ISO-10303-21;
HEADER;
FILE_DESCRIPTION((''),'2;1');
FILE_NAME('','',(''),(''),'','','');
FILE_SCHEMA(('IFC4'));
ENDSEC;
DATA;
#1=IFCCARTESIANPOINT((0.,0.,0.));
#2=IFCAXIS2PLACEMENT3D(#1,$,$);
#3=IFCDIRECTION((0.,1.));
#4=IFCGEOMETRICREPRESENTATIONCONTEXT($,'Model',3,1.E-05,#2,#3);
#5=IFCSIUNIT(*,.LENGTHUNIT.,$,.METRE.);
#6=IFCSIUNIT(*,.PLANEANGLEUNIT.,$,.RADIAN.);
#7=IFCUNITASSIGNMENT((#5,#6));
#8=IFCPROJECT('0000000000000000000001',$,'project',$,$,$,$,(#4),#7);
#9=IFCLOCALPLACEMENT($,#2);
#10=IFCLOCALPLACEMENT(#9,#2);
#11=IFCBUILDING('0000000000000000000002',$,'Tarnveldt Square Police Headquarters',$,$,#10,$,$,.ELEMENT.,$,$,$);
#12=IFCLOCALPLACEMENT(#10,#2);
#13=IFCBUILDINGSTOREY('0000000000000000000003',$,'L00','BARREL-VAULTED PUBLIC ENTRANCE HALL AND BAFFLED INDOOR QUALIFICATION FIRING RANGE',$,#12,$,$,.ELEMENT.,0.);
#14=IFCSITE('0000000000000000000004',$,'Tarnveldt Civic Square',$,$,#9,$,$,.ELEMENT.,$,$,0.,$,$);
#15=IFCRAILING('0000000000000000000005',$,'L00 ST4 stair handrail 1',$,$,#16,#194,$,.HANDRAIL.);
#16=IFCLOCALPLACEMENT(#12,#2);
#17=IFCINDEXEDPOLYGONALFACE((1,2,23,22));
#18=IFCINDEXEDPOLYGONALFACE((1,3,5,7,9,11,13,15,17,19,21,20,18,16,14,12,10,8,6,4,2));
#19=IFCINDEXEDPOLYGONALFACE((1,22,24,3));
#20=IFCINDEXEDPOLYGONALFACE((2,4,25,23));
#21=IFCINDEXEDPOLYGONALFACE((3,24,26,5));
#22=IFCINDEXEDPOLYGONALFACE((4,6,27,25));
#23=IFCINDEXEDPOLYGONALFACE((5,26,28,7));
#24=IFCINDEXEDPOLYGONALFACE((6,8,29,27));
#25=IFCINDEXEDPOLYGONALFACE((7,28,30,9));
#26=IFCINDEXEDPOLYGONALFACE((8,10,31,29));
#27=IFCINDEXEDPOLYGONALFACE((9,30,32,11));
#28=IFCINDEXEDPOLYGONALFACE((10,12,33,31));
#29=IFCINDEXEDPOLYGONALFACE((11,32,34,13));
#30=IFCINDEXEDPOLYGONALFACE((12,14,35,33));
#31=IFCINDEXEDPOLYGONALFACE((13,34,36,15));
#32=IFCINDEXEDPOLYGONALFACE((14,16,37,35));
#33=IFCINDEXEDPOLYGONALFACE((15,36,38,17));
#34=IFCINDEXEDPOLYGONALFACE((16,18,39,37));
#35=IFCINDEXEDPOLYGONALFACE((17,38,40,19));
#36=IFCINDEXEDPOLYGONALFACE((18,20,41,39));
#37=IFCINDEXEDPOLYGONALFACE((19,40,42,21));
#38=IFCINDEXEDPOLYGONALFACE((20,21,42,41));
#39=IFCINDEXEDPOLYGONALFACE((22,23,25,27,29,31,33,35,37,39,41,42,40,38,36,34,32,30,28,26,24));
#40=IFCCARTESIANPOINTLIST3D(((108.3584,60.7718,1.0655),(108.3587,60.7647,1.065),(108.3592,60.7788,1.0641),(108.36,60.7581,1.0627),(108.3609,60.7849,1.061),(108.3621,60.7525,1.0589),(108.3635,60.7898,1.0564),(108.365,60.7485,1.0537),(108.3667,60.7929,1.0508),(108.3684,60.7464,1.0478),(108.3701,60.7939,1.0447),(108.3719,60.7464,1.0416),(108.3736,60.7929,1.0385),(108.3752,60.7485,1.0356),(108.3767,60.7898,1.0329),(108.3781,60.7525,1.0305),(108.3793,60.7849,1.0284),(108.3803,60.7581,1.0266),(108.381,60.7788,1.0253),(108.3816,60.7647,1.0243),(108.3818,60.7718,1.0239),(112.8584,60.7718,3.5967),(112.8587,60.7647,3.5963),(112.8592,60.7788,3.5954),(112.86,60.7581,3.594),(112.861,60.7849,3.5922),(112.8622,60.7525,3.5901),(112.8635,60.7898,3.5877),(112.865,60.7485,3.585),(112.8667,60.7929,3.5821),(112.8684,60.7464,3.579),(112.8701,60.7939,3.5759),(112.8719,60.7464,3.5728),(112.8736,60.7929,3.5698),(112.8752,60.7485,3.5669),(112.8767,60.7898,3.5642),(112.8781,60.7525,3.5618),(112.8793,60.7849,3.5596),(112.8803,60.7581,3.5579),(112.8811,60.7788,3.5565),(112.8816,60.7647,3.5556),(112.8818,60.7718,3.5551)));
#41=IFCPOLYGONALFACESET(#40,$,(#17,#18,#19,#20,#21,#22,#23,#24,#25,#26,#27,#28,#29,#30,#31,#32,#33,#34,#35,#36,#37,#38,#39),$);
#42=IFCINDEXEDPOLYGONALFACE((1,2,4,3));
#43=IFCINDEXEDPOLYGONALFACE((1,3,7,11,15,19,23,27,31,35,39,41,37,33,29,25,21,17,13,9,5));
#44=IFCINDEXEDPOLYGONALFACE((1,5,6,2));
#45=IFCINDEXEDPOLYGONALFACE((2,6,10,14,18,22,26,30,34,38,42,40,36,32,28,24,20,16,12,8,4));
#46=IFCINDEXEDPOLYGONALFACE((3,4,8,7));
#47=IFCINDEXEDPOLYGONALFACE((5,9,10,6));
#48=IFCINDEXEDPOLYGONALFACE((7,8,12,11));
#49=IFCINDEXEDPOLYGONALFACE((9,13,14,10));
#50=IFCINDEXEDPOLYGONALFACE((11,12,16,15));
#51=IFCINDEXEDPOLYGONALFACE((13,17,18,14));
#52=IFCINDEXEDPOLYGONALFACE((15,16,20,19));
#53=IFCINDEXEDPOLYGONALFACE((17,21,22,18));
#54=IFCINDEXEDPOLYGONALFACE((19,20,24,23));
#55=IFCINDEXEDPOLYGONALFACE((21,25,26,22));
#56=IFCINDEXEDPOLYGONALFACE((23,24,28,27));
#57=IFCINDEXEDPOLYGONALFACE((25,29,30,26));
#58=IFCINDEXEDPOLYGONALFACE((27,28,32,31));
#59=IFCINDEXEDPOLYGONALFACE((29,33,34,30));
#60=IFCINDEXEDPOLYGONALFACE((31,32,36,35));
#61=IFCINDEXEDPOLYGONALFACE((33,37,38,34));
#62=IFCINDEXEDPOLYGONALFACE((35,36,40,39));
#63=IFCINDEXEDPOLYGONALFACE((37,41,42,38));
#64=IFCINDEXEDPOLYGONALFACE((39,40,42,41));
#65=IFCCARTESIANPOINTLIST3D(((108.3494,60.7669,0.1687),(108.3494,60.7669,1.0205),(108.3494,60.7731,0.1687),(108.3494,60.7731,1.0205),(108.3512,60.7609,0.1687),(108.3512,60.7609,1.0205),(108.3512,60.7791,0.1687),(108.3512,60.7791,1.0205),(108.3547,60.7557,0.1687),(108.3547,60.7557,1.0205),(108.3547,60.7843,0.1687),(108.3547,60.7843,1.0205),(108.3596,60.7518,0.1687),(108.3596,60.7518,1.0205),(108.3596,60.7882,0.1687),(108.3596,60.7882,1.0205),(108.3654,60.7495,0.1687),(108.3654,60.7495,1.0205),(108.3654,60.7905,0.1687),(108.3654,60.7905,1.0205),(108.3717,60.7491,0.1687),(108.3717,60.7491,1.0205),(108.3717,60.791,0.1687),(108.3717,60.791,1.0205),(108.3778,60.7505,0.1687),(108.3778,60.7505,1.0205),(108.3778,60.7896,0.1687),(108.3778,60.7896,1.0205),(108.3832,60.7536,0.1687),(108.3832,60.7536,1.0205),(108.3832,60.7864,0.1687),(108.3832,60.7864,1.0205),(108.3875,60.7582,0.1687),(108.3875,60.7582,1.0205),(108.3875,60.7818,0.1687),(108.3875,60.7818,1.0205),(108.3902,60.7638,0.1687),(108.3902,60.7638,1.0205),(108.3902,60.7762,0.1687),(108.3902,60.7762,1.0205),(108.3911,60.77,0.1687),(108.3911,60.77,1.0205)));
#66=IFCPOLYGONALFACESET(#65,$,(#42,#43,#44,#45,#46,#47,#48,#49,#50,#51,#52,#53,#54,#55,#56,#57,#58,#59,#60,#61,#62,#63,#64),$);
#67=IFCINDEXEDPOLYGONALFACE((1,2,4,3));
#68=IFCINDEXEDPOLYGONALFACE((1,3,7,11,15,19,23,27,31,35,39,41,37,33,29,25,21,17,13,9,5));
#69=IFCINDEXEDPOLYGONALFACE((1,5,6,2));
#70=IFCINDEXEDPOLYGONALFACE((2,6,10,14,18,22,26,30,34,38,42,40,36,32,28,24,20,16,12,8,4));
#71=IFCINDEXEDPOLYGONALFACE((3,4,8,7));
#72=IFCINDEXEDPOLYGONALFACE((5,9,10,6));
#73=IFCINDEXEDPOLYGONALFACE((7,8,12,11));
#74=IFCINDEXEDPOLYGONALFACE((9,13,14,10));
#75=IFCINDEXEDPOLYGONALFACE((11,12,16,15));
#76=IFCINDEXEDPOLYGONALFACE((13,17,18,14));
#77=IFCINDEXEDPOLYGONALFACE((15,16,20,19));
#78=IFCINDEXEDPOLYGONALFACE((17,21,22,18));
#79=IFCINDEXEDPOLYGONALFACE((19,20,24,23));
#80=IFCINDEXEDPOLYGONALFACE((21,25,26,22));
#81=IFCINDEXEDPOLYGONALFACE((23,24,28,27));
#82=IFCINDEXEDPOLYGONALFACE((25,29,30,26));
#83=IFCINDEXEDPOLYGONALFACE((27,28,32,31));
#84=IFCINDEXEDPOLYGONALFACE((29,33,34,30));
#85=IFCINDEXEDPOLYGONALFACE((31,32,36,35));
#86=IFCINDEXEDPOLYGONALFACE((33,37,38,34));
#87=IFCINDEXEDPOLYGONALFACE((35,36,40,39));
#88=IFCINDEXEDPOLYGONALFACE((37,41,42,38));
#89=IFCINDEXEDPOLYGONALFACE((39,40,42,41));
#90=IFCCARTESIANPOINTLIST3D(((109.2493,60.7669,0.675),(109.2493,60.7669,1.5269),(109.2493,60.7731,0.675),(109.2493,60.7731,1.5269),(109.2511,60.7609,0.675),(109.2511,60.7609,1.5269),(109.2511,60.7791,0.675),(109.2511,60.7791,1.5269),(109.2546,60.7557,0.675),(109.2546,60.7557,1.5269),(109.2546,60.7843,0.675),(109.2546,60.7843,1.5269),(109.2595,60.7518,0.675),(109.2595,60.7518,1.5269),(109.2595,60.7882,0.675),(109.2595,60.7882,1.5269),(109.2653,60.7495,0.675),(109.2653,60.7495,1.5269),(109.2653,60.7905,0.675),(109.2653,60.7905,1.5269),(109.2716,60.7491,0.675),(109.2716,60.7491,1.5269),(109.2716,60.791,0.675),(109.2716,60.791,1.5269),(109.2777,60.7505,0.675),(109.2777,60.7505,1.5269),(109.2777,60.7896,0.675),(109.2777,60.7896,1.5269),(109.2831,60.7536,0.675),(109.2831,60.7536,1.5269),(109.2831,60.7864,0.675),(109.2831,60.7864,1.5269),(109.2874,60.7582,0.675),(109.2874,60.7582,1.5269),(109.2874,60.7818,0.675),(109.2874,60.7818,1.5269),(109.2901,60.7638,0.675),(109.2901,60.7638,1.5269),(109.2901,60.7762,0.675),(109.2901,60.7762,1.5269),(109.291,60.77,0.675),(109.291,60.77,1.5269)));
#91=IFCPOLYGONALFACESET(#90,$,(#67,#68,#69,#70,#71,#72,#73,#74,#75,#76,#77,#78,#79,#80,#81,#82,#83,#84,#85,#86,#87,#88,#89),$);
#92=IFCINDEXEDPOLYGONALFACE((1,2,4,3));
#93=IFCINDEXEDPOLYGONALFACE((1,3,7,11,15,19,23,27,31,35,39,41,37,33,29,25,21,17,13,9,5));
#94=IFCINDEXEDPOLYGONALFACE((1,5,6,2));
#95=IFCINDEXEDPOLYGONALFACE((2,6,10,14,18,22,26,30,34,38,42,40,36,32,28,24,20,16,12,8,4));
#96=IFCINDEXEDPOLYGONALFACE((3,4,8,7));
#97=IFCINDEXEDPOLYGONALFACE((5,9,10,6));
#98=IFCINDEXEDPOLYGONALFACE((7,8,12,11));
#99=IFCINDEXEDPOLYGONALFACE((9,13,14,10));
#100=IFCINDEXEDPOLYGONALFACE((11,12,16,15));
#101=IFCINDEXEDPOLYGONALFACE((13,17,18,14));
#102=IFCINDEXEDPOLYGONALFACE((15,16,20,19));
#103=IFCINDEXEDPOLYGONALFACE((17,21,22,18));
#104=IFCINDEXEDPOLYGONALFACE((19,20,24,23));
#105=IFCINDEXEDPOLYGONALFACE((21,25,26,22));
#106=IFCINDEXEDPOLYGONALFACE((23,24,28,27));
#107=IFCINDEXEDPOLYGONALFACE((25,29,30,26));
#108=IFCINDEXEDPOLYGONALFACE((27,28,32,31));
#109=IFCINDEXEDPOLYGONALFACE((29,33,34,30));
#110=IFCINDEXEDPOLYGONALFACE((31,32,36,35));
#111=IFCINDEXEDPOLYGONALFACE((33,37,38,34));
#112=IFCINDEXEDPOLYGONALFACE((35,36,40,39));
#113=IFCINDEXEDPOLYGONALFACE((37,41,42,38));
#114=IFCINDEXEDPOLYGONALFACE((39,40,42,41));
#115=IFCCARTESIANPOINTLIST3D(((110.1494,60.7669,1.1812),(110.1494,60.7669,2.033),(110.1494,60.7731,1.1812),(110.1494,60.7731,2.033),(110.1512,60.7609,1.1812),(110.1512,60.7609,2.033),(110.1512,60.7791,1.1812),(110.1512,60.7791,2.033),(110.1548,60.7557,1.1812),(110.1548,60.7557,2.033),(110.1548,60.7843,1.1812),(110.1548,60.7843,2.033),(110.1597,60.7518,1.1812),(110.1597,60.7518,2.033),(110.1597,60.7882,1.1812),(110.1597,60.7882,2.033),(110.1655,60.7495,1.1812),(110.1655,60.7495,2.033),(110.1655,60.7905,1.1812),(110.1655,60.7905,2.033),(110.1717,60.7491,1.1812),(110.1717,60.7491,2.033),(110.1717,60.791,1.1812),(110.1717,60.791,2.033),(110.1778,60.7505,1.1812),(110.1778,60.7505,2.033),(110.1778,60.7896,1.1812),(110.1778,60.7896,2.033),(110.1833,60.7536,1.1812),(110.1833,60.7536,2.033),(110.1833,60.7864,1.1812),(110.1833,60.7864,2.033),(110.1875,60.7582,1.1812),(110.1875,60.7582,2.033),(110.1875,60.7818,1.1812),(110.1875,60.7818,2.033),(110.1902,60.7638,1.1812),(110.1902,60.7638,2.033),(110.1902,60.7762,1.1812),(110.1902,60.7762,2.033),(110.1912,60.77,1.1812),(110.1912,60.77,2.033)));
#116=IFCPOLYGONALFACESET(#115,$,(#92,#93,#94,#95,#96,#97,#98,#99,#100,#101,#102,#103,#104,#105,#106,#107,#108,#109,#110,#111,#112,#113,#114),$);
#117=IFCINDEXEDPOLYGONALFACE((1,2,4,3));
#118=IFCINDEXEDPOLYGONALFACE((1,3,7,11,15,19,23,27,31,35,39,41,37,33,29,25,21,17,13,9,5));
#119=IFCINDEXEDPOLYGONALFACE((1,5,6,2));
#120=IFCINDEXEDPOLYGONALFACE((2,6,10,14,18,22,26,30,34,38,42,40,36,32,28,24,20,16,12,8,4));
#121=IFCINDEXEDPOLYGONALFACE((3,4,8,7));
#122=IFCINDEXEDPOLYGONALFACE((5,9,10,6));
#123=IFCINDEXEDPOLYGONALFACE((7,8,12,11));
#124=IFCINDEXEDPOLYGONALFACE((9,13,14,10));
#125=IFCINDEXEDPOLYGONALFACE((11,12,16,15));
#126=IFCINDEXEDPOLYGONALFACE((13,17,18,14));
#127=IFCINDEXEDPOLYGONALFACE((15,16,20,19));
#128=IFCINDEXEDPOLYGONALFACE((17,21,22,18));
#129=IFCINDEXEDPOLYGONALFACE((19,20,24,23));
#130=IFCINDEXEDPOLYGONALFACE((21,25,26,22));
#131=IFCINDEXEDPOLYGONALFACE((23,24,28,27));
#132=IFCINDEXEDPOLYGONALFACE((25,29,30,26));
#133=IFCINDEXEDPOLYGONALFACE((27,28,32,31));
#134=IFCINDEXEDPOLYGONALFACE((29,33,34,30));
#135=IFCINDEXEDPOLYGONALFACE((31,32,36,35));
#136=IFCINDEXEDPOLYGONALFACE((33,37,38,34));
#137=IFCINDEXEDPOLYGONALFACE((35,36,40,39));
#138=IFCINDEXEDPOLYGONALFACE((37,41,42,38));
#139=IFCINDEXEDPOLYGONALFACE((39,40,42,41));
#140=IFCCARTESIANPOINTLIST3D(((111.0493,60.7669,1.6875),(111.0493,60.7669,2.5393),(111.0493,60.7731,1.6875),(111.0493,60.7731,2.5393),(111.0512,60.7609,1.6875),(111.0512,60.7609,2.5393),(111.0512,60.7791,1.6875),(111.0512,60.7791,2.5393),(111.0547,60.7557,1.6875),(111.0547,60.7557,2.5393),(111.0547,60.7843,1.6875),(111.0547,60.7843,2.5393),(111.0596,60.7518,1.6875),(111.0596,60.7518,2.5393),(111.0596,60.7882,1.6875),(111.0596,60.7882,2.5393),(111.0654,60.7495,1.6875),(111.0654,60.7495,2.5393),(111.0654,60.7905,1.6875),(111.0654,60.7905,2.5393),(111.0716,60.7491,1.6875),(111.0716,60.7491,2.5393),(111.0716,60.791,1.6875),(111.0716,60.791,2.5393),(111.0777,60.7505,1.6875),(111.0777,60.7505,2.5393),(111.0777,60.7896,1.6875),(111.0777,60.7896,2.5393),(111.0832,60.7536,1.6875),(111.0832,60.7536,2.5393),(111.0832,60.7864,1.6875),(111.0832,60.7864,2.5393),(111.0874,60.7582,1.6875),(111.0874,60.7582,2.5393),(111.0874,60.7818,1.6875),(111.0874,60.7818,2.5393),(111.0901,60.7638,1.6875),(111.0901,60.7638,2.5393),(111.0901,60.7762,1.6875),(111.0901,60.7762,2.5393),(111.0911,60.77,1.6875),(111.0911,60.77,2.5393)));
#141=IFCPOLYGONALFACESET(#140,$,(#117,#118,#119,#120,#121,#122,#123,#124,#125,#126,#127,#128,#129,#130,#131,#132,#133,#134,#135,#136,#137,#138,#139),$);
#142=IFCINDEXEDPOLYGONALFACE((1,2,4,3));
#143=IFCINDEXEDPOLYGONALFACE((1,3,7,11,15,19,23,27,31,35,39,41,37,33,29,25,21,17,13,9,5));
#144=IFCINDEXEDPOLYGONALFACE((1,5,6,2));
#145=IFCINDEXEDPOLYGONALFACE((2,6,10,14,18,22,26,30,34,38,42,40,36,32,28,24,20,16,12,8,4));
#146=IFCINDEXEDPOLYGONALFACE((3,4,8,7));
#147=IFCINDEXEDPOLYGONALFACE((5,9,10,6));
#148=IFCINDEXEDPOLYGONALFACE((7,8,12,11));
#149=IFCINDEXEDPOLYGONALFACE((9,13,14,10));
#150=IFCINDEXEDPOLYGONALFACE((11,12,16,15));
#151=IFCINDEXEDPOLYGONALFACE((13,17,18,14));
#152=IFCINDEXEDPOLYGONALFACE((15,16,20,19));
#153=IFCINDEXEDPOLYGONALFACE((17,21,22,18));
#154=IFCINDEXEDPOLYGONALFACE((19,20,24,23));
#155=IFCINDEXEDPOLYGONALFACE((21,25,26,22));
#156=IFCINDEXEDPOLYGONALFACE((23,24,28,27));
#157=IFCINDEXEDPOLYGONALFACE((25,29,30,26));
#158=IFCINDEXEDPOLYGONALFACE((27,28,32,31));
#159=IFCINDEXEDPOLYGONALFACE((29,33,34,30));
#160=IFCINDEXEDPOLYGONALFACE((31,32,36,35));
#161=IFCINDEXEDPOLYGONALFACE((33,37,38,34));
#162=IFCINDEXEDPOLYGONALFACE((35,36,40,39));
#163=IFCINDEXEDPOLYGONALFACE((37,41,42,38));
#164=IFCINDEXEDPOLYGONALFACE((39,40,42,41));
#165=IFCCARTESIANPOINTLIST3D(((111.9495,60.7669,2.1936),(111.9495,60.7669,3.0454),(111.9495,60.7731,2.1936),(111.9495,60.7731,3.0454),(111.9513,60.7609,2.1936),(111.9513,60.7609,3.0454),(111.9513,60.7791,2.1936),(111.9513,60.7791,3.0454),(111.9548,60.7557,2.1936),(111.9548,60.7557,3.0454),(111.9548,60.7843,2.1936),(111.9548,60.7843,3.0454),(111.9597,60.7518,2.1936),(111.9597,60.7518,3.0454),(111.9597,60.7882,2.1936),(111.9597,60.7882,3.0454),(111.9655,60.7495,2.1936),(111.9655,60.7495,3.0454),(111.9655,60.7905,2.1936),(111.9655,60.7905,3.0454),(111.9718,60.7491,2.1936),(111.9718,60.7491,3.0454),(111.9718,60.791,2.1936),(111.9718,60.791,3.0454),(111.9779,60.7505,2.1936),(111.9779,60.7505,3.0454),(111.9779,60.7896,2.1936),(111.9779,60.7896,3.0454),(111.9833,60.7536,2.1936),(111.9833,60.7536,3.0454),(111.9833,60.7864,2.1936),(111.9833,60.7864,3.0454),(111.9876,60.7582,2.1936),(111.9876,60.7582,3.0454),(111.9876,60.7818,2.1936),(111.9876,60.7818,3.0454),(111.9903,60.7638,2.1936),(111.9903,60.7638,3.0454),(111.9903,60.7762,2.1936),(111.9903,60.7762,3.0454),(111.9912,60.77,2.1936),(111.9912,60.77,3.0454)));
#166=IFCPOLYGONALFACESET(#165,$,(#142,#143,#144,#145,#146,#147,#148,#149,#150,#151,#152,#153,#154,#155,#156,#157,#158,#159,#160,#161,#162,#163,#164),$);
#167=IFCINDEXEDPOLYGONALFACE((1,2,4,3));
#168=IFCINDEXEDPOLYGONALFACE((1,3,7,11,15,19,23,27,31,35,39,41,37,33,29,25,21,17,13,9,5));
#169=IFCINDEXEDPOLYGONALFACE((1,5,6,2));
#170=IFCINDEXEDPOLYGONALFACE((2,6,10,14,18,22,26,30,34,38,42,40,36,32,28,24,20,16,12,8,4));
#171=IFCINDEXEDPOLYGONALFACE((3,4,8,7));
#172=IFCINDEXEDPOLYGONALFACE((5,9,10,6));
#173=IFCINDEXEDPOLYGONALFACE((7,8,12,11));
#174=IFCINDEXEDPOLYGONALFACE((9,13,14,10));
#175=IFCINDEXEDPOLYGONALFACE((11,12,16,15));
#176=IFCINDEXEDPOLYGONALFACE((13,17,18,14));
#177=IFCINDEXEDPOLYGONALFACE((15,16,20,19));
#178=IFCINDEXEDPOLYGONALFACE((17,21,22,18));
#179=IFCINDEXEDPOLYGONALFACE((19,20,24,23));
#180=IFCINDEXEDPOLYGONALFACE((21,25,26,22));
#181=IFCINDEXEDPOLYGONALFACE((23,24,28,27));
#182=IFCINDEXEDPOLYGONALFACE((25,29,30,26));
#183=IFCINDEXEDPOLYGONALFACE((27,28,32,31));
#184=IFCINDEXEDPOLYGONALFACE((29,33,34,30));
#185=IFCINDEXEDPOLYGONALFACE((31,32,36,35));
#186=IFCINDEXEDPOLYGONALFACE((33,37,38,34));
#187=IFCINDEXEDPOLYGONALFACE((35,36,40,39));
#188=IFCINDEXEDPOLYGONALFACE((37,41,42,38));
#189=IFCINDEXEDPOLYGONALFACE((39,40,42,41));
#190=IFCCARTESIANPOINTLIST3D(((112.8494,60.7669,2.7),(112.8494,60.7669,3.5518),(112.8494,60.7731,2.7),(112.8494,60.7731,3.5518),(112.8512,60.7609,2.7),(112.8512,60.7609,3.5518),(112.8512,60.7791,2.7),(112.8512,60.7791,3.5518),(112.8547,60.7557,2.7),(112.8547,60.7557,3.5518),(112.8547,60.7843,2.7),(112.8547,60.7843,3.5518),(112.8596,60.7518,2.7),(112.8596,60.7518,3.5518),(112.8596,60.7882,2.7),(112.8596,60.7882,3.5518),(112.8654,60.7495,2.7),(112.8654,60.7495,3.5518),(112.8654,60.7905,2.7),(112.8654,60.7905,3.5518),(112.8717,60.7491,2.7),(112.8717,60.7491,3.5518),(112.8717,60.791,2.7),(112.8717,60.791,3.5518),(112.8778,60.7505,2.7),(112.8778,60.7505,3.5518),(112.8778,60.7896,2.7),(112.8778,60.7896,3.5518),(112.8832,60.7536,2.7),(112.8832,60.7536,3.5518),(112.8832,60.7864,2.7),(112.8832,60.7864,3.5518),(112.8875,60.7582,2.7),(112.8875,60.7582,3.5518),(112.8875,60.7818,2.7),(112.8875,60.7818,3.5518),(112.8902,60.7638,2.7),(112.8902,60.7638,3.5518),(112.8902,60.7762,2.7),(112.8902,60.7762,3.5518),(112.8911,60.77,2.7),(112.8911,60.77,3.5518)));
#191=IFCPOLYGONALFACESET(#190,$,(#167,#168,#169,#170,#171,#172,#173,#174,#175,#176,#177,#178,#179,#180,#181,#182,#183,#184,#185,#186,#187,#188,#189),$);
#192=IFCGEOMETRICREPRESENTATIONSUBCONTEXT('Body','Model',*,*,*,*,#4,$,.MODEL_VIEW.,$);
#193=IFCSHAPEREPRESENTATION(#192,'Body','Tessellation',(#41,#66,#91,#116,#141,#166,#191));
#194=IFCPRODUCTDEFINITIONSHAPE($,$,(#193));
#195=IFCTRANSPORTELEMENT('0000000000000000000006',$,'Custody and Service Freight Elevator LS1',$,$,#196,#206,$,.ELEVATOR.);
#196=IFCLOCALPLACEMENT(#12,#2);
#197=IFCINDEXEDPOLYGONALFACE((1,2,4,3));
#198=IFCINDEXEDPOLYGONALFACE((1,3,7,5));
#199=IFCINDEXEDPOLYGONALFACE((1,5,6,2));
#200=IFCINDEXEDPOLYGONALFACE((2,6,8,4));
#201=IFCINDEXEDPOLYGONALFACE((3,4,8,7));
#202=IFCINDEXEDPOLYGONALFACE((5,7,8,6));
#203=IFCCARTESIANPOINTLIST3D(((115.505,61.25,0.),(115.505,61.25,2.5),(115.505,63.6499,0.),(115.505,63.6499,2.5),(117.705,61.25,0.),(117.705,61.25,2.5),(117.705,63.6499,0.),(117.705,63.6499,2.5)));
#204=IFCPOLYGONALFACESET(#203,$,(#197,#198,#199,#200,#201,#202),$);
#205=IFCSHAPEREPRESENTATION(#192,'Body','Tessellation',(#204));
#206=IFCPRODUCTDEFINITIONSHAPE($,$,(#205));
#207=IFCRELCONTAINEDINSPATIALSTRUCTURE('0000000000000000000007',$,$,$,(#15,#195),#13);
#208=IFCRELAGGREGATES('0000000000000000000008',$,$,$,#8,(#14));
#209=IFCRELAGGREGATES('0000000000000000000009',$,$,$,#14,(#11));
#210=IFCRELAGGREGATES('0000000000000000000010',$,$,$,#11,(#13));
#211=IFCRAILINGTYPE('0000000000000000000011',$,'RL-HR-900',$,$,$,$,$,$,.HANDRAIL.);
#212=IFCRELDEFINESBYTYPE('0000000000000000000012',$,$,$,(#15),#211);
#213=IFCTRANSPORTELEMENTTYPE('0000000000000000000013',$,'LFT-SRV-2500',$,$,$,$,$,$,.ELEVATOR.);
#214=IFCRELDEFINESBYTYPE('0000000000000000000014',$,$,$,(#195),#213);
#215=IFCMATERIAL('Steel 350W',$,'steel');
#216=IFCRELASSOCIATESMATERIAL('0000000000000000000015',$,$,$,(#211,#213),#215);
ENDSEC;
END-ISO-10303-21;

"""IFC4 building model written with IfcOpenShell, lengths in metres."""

from ifc_helpers import new_model, si_unit, direction, frame, origin, origin_2d, place, context, subcontext, project, spatial, rectangle, circle, extrude, material, type_object, element, save


model = new_model("IFC4")

# Units and contexts
model_context = context("Model", 3, precision=1e-05, world=origin(), true_north=direction((0.0, 1.0)))
body_context = subcontext(model_context, "Body", "Model", "MODEL_VIEW")
ifc_project = project(units=[si_unit("LENGTHUNIT", "METRE"), si_unit("PLANEANGLEUNIT", "RADIAN")], contexts=[model_context])

# Site, building, storey
site_placement = place(None, origin())
site = spatial("IfcSite", under=ifc_project, at=site_placement, Name="Tarnveldt Civic Square", CompositionType="ELEMENT", RefElevation=0.0)
building_placement = place(site_placement, origin())
building = spatial("IfcBuilding", under=site, at=building_placement, Name="Tarnveldt Square Police Headquarters", CompositionType="ELEMENT")
storey_placement = place(building_placement, origin())
storey = spatial("IfcBuildingStorey", under=building, at=storey_placement, Name="L00", Description="BARREL-VAULTED PUBLIC ENTRANCE HALL AND BAFFLED INDOOR QUALIFICATION FIRING RANGE", CompositionType="ELEMENT", Elevation=0.0)

# Railing
ifc_material_1 = material(Name="Steel 350W", Category="steel")
railing_type_1 = type_object("IfcRailingType", Name="RL-HR-900", PredefinedType="HANDRAIL", material=ifc_material_1)
railing_1_placement = place(storey_placement, frame((108.3701, 60.77, 0.1687)))
element("IfcRailing", 1, at=railing_1_placement, inside=storey, type_object=railing_type_1, Name="L00 ST4 stair handrail 1", PredefinedType="HANDRAIL", context=body_context, shape_type="SweptSolid", body=[
    extrude(circle(Radius=0.0239, at=origin_2d()), frame((0.0, 0.0, 0.876), z_axis=(0.871576, 0.0, 0.490261), x_axis=(0.0, 1.0, 0.0)), (0.0, 0.0, 1.0), 5.1631),
    extrude(circle(Radius=0.021, at=origin_2d()), origin(), (0.0, 0.0, 1.0), 0.8518),
    extrude(circle(Radius=0.021, at=origin_2d()), frame((0.8999, 0.0, 0.5063)), (0.0, 0.0, 1.0), 0.8518),
    extrude(circle(Radius=0.021, at=origin_2d()), frame((1.8, 0.0, 1.0125)), (0.0, 0.0, 1.0), 0.8518),
    extrude(circle(Radius=0.021, at=origin_2d()), frame((2.7, 0.0, 1.5188)), (0.0, 0.0, 1.0), 0.8518),
    extrude(circle(Radius=0.021, at=origin_2d()), frame((3.6001, 0.0, 2.0249)), (0.0, 0.0, 1.0), 0.8518),
    extrude(circle(Radius=0.021, at=origin_2d()), frame((4.5, 0.0, 2.5312)), (0.0, 0.0, 1.0), 0.8518),
])

# Transport element
transport_element_type = type_object("IfcTransportElementType", Name="LFT-SRV-2500", PredefinedType="ELEVATOR", material=ifc_material_1)
transport_element_placement = place(storey_placement, frame((116.605, 62.45, 0.0), z_axis=(0.0, 0.0, 1.0), x_axis=(1.0, 0.0, 0.0)))
element("IfcTransportElement", 2, at=transport_element_placement, inside=storey, type_object=transport_element_type, Name="Custody and Service Freight Elevator LS1", PredefinedType="ELEVATOR", context=body_context, shape_type="SweptSolid", body=[
    extrude(rectangle(XDim=2.2, YDim=2.3999, at=origin_2d()), origin(), (0.0, 0.0, 1.0), 2.5),
])

save(model, "model.ifc")
